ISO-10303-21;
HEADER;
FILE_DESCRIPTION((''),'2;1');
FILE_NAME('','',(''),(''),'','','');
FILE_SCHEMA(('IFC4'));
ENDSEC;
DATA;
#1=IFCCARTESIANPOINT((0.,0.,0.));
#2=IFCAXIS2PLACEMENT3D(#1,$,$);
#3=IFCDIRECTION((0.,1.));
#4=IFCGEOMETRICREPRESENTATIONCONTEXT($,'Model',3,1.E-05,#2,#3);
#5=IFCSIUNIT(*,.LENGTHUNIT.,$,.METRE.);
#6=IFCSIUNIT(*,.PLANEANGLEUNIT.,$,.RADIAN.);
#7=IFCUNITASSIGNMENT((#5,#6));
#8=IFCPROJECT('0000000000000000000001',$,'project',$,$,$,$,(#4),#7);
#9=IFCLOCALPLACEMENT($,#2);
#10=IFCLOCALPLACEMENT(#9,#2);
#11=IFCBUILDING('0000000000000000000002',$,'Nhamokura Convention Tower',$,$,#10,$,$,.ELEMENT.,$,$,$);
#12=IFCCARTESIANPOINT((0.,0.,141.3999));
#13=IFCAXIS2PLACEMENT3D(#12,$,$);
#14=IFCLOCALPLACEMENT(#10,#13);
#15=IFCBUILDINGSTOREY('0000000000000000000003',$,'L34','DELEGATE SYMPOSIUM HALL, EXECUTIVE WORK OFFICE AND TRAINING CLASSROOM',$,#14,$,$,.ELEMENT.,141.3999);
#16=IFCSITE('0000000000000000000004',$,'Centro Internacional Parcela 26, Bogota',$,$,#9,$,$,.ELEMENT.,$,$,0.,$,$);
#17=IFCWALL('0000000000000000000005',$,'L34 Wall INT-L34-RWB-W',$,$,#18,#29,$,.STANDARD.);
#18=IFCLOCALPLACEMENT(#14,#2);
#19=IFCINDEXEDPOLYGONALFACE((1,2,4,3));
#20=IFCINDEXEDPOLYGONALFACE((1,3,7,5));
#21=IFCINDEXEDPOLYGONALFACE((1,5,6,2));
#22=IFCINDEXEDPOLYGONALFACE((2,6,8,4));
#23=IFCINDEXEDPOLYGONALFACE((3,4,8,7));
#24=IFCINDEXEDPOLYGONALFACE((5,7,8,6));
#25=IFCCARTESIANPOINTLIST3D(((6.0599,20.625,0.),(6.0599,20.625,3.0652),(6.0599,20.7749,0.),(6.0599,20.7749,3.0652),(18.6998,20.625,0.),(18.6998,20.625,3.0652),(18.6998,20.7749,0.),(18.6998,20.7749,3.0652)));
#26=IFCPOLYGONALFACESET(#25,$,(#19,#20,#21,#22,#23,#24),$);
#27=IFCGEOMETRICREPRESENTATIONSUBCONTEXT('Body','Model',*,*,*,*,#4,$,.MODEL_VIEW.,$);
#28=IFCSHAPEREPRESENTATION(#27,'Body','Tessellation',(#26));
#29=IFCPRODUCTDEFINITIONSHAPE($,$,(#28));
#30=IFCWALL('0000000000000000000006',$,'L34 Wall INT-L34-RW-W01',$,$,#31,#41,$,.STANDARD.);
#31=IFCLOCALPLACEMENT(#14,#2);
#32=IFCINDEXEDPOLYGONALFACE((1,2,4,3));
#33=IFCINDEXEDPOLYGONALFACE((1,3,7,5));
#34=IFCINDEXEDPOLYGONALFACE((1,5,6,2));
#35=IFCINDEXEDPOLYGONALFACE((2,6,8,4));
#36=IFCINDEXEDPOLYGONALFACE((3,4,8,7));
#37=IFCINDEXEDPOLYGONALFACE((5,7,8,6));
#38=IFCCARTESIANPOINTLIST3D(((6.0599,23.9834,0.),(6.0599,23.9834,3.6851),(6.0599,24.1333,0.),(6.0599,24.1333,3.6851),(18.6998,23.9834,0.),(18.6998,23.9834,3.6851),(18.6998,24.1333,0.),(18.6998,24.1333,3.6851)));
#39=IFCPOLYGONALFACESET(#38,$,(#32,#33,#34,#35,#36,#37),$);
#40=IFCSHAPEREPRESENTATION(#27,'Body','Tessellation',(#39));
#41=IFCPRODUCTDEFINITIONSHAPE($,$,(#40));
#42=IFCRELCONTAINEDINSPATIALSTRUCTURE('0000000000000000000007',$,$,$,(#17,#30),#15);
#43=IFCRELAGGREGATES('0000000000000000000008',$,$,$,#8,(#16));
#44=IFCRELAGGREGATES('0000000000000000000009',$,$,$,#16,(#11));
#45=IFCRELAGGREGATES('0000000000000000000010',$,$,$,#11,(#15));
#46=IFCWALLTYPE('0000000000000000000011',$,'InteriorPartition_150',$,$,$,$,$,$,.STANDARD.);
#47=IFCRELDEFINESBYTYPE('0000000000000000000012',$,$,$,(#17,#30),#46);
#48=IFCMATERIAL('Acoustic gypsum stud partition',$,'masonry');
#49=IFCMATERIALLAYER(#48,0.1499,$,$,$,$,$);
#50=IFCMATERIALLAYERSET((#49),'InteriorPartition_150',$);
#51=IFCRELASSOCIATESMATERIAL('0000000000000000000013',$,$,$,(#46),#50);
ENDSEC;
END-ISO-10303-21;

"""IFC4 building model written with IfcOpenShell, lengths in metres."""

from ifc_helpers import new_model, si_unit, direction, frame, frame_2d, origin, place, context, subcontext, project, spatial, rectangle, extrude, material, layer, layer_set, type_object, element, save


model = new_model("IFC4")

# Units and contexts
model_context = context("Model", 3, precision=1e-05, world=origin(), true_north=direction((0.0, 1.0)))
body_context = subcontext(model_context, "Body", "Model", "MODEL_VIEW")
ifc_project = project(units=[si_unit("LENGTHUNIT", "METRE"), si_unit("PLANEANGLEUNIT", "RADIAN")], contexts=[model_context])

# Site, building, storey
site_placement = place(None, origin())
site = spatial("IfcSite", under=ifc_project, at=site_placement, Name="Centro Internacional Parcela 26, Bogota", CompositionType="ELEMENT", RefElevation=0.0)
building_placement = place(site_placement, origin())
building = spatial("IfcBuilding", under=site, at=building_placement, Name="Nhamokura Convention Tower", CompositionType="ELEMENT")
storey_placement = place(building_placement, frame((0.0, 0.0, 141.3999)))
storey = spatial("IfcBuildingStorey", under=building, at=storey_placement, Name="L34", Description="DELEGATE SYMPOSIUM HALL, EXECUTIVE WORK OFFICE AND TRAINING CLASSROOM", CompositionType="ELEMENT", Elevation=141.3999)

# Walls
ifc_material_1 = material(Name="Acoustic gypsum stud partition", Category="masonry")
ifc_layer_1 = layer(ifc_material_1, 0.1499)
ifc_layer_set_1 = layer_set([ifc_layer_1], Name="InteriorPartition_150")
wall_type_1 = type_object("IfcWallType", Name="InteriorPartition_150", PredefinedType="STANDARD", material=ifc_layer_set_1)
wall_1_placement = place(storey_placement, frame((6.0601, 20.7, 0.0), z_axis=(0.0, 0.0, 1.0), x_axis=(1.0, 0.0, 0.0)))
element("IfcWall", 1, at=wall_1_placement, inside=storey, type_object=wall_type_1, Name="L34 Wall INT-L34-RWB-W", PredefinedType="STANDARD", context=body_context, shape_type="SweptSolid", body=[
    extrude(rectangle(XDim=12.6399, YDim=0.1499, at=frame_2d((6.3198, 0.0))), origin(), (0.0, 0.0, 1.0), 3.0652),
])
wall_2_placement = place(storey_placement, frame((6.0601, 24.0583, 0.0), z_axis=(0.0, 0.0, 1.0), x_axis=(1.0, 0.0, 0.0)))
element("IfcWall", 2, at=wall_2_placement, inside=storey, type_object=wall_type_1, Name="L34 Wall INT-L34-RW-W01", PredefinedType="STANDARD", context=body_context, shape_type="SweptSolid", body=[
    extrude(rectangle(XDim=12.6399, YDim=0.1499, at=frame_2d((6.3198, 0.0))), origin(), (0.0, 0.0, 1.0), 3.6851),
])

save(model, "model.ifc")
